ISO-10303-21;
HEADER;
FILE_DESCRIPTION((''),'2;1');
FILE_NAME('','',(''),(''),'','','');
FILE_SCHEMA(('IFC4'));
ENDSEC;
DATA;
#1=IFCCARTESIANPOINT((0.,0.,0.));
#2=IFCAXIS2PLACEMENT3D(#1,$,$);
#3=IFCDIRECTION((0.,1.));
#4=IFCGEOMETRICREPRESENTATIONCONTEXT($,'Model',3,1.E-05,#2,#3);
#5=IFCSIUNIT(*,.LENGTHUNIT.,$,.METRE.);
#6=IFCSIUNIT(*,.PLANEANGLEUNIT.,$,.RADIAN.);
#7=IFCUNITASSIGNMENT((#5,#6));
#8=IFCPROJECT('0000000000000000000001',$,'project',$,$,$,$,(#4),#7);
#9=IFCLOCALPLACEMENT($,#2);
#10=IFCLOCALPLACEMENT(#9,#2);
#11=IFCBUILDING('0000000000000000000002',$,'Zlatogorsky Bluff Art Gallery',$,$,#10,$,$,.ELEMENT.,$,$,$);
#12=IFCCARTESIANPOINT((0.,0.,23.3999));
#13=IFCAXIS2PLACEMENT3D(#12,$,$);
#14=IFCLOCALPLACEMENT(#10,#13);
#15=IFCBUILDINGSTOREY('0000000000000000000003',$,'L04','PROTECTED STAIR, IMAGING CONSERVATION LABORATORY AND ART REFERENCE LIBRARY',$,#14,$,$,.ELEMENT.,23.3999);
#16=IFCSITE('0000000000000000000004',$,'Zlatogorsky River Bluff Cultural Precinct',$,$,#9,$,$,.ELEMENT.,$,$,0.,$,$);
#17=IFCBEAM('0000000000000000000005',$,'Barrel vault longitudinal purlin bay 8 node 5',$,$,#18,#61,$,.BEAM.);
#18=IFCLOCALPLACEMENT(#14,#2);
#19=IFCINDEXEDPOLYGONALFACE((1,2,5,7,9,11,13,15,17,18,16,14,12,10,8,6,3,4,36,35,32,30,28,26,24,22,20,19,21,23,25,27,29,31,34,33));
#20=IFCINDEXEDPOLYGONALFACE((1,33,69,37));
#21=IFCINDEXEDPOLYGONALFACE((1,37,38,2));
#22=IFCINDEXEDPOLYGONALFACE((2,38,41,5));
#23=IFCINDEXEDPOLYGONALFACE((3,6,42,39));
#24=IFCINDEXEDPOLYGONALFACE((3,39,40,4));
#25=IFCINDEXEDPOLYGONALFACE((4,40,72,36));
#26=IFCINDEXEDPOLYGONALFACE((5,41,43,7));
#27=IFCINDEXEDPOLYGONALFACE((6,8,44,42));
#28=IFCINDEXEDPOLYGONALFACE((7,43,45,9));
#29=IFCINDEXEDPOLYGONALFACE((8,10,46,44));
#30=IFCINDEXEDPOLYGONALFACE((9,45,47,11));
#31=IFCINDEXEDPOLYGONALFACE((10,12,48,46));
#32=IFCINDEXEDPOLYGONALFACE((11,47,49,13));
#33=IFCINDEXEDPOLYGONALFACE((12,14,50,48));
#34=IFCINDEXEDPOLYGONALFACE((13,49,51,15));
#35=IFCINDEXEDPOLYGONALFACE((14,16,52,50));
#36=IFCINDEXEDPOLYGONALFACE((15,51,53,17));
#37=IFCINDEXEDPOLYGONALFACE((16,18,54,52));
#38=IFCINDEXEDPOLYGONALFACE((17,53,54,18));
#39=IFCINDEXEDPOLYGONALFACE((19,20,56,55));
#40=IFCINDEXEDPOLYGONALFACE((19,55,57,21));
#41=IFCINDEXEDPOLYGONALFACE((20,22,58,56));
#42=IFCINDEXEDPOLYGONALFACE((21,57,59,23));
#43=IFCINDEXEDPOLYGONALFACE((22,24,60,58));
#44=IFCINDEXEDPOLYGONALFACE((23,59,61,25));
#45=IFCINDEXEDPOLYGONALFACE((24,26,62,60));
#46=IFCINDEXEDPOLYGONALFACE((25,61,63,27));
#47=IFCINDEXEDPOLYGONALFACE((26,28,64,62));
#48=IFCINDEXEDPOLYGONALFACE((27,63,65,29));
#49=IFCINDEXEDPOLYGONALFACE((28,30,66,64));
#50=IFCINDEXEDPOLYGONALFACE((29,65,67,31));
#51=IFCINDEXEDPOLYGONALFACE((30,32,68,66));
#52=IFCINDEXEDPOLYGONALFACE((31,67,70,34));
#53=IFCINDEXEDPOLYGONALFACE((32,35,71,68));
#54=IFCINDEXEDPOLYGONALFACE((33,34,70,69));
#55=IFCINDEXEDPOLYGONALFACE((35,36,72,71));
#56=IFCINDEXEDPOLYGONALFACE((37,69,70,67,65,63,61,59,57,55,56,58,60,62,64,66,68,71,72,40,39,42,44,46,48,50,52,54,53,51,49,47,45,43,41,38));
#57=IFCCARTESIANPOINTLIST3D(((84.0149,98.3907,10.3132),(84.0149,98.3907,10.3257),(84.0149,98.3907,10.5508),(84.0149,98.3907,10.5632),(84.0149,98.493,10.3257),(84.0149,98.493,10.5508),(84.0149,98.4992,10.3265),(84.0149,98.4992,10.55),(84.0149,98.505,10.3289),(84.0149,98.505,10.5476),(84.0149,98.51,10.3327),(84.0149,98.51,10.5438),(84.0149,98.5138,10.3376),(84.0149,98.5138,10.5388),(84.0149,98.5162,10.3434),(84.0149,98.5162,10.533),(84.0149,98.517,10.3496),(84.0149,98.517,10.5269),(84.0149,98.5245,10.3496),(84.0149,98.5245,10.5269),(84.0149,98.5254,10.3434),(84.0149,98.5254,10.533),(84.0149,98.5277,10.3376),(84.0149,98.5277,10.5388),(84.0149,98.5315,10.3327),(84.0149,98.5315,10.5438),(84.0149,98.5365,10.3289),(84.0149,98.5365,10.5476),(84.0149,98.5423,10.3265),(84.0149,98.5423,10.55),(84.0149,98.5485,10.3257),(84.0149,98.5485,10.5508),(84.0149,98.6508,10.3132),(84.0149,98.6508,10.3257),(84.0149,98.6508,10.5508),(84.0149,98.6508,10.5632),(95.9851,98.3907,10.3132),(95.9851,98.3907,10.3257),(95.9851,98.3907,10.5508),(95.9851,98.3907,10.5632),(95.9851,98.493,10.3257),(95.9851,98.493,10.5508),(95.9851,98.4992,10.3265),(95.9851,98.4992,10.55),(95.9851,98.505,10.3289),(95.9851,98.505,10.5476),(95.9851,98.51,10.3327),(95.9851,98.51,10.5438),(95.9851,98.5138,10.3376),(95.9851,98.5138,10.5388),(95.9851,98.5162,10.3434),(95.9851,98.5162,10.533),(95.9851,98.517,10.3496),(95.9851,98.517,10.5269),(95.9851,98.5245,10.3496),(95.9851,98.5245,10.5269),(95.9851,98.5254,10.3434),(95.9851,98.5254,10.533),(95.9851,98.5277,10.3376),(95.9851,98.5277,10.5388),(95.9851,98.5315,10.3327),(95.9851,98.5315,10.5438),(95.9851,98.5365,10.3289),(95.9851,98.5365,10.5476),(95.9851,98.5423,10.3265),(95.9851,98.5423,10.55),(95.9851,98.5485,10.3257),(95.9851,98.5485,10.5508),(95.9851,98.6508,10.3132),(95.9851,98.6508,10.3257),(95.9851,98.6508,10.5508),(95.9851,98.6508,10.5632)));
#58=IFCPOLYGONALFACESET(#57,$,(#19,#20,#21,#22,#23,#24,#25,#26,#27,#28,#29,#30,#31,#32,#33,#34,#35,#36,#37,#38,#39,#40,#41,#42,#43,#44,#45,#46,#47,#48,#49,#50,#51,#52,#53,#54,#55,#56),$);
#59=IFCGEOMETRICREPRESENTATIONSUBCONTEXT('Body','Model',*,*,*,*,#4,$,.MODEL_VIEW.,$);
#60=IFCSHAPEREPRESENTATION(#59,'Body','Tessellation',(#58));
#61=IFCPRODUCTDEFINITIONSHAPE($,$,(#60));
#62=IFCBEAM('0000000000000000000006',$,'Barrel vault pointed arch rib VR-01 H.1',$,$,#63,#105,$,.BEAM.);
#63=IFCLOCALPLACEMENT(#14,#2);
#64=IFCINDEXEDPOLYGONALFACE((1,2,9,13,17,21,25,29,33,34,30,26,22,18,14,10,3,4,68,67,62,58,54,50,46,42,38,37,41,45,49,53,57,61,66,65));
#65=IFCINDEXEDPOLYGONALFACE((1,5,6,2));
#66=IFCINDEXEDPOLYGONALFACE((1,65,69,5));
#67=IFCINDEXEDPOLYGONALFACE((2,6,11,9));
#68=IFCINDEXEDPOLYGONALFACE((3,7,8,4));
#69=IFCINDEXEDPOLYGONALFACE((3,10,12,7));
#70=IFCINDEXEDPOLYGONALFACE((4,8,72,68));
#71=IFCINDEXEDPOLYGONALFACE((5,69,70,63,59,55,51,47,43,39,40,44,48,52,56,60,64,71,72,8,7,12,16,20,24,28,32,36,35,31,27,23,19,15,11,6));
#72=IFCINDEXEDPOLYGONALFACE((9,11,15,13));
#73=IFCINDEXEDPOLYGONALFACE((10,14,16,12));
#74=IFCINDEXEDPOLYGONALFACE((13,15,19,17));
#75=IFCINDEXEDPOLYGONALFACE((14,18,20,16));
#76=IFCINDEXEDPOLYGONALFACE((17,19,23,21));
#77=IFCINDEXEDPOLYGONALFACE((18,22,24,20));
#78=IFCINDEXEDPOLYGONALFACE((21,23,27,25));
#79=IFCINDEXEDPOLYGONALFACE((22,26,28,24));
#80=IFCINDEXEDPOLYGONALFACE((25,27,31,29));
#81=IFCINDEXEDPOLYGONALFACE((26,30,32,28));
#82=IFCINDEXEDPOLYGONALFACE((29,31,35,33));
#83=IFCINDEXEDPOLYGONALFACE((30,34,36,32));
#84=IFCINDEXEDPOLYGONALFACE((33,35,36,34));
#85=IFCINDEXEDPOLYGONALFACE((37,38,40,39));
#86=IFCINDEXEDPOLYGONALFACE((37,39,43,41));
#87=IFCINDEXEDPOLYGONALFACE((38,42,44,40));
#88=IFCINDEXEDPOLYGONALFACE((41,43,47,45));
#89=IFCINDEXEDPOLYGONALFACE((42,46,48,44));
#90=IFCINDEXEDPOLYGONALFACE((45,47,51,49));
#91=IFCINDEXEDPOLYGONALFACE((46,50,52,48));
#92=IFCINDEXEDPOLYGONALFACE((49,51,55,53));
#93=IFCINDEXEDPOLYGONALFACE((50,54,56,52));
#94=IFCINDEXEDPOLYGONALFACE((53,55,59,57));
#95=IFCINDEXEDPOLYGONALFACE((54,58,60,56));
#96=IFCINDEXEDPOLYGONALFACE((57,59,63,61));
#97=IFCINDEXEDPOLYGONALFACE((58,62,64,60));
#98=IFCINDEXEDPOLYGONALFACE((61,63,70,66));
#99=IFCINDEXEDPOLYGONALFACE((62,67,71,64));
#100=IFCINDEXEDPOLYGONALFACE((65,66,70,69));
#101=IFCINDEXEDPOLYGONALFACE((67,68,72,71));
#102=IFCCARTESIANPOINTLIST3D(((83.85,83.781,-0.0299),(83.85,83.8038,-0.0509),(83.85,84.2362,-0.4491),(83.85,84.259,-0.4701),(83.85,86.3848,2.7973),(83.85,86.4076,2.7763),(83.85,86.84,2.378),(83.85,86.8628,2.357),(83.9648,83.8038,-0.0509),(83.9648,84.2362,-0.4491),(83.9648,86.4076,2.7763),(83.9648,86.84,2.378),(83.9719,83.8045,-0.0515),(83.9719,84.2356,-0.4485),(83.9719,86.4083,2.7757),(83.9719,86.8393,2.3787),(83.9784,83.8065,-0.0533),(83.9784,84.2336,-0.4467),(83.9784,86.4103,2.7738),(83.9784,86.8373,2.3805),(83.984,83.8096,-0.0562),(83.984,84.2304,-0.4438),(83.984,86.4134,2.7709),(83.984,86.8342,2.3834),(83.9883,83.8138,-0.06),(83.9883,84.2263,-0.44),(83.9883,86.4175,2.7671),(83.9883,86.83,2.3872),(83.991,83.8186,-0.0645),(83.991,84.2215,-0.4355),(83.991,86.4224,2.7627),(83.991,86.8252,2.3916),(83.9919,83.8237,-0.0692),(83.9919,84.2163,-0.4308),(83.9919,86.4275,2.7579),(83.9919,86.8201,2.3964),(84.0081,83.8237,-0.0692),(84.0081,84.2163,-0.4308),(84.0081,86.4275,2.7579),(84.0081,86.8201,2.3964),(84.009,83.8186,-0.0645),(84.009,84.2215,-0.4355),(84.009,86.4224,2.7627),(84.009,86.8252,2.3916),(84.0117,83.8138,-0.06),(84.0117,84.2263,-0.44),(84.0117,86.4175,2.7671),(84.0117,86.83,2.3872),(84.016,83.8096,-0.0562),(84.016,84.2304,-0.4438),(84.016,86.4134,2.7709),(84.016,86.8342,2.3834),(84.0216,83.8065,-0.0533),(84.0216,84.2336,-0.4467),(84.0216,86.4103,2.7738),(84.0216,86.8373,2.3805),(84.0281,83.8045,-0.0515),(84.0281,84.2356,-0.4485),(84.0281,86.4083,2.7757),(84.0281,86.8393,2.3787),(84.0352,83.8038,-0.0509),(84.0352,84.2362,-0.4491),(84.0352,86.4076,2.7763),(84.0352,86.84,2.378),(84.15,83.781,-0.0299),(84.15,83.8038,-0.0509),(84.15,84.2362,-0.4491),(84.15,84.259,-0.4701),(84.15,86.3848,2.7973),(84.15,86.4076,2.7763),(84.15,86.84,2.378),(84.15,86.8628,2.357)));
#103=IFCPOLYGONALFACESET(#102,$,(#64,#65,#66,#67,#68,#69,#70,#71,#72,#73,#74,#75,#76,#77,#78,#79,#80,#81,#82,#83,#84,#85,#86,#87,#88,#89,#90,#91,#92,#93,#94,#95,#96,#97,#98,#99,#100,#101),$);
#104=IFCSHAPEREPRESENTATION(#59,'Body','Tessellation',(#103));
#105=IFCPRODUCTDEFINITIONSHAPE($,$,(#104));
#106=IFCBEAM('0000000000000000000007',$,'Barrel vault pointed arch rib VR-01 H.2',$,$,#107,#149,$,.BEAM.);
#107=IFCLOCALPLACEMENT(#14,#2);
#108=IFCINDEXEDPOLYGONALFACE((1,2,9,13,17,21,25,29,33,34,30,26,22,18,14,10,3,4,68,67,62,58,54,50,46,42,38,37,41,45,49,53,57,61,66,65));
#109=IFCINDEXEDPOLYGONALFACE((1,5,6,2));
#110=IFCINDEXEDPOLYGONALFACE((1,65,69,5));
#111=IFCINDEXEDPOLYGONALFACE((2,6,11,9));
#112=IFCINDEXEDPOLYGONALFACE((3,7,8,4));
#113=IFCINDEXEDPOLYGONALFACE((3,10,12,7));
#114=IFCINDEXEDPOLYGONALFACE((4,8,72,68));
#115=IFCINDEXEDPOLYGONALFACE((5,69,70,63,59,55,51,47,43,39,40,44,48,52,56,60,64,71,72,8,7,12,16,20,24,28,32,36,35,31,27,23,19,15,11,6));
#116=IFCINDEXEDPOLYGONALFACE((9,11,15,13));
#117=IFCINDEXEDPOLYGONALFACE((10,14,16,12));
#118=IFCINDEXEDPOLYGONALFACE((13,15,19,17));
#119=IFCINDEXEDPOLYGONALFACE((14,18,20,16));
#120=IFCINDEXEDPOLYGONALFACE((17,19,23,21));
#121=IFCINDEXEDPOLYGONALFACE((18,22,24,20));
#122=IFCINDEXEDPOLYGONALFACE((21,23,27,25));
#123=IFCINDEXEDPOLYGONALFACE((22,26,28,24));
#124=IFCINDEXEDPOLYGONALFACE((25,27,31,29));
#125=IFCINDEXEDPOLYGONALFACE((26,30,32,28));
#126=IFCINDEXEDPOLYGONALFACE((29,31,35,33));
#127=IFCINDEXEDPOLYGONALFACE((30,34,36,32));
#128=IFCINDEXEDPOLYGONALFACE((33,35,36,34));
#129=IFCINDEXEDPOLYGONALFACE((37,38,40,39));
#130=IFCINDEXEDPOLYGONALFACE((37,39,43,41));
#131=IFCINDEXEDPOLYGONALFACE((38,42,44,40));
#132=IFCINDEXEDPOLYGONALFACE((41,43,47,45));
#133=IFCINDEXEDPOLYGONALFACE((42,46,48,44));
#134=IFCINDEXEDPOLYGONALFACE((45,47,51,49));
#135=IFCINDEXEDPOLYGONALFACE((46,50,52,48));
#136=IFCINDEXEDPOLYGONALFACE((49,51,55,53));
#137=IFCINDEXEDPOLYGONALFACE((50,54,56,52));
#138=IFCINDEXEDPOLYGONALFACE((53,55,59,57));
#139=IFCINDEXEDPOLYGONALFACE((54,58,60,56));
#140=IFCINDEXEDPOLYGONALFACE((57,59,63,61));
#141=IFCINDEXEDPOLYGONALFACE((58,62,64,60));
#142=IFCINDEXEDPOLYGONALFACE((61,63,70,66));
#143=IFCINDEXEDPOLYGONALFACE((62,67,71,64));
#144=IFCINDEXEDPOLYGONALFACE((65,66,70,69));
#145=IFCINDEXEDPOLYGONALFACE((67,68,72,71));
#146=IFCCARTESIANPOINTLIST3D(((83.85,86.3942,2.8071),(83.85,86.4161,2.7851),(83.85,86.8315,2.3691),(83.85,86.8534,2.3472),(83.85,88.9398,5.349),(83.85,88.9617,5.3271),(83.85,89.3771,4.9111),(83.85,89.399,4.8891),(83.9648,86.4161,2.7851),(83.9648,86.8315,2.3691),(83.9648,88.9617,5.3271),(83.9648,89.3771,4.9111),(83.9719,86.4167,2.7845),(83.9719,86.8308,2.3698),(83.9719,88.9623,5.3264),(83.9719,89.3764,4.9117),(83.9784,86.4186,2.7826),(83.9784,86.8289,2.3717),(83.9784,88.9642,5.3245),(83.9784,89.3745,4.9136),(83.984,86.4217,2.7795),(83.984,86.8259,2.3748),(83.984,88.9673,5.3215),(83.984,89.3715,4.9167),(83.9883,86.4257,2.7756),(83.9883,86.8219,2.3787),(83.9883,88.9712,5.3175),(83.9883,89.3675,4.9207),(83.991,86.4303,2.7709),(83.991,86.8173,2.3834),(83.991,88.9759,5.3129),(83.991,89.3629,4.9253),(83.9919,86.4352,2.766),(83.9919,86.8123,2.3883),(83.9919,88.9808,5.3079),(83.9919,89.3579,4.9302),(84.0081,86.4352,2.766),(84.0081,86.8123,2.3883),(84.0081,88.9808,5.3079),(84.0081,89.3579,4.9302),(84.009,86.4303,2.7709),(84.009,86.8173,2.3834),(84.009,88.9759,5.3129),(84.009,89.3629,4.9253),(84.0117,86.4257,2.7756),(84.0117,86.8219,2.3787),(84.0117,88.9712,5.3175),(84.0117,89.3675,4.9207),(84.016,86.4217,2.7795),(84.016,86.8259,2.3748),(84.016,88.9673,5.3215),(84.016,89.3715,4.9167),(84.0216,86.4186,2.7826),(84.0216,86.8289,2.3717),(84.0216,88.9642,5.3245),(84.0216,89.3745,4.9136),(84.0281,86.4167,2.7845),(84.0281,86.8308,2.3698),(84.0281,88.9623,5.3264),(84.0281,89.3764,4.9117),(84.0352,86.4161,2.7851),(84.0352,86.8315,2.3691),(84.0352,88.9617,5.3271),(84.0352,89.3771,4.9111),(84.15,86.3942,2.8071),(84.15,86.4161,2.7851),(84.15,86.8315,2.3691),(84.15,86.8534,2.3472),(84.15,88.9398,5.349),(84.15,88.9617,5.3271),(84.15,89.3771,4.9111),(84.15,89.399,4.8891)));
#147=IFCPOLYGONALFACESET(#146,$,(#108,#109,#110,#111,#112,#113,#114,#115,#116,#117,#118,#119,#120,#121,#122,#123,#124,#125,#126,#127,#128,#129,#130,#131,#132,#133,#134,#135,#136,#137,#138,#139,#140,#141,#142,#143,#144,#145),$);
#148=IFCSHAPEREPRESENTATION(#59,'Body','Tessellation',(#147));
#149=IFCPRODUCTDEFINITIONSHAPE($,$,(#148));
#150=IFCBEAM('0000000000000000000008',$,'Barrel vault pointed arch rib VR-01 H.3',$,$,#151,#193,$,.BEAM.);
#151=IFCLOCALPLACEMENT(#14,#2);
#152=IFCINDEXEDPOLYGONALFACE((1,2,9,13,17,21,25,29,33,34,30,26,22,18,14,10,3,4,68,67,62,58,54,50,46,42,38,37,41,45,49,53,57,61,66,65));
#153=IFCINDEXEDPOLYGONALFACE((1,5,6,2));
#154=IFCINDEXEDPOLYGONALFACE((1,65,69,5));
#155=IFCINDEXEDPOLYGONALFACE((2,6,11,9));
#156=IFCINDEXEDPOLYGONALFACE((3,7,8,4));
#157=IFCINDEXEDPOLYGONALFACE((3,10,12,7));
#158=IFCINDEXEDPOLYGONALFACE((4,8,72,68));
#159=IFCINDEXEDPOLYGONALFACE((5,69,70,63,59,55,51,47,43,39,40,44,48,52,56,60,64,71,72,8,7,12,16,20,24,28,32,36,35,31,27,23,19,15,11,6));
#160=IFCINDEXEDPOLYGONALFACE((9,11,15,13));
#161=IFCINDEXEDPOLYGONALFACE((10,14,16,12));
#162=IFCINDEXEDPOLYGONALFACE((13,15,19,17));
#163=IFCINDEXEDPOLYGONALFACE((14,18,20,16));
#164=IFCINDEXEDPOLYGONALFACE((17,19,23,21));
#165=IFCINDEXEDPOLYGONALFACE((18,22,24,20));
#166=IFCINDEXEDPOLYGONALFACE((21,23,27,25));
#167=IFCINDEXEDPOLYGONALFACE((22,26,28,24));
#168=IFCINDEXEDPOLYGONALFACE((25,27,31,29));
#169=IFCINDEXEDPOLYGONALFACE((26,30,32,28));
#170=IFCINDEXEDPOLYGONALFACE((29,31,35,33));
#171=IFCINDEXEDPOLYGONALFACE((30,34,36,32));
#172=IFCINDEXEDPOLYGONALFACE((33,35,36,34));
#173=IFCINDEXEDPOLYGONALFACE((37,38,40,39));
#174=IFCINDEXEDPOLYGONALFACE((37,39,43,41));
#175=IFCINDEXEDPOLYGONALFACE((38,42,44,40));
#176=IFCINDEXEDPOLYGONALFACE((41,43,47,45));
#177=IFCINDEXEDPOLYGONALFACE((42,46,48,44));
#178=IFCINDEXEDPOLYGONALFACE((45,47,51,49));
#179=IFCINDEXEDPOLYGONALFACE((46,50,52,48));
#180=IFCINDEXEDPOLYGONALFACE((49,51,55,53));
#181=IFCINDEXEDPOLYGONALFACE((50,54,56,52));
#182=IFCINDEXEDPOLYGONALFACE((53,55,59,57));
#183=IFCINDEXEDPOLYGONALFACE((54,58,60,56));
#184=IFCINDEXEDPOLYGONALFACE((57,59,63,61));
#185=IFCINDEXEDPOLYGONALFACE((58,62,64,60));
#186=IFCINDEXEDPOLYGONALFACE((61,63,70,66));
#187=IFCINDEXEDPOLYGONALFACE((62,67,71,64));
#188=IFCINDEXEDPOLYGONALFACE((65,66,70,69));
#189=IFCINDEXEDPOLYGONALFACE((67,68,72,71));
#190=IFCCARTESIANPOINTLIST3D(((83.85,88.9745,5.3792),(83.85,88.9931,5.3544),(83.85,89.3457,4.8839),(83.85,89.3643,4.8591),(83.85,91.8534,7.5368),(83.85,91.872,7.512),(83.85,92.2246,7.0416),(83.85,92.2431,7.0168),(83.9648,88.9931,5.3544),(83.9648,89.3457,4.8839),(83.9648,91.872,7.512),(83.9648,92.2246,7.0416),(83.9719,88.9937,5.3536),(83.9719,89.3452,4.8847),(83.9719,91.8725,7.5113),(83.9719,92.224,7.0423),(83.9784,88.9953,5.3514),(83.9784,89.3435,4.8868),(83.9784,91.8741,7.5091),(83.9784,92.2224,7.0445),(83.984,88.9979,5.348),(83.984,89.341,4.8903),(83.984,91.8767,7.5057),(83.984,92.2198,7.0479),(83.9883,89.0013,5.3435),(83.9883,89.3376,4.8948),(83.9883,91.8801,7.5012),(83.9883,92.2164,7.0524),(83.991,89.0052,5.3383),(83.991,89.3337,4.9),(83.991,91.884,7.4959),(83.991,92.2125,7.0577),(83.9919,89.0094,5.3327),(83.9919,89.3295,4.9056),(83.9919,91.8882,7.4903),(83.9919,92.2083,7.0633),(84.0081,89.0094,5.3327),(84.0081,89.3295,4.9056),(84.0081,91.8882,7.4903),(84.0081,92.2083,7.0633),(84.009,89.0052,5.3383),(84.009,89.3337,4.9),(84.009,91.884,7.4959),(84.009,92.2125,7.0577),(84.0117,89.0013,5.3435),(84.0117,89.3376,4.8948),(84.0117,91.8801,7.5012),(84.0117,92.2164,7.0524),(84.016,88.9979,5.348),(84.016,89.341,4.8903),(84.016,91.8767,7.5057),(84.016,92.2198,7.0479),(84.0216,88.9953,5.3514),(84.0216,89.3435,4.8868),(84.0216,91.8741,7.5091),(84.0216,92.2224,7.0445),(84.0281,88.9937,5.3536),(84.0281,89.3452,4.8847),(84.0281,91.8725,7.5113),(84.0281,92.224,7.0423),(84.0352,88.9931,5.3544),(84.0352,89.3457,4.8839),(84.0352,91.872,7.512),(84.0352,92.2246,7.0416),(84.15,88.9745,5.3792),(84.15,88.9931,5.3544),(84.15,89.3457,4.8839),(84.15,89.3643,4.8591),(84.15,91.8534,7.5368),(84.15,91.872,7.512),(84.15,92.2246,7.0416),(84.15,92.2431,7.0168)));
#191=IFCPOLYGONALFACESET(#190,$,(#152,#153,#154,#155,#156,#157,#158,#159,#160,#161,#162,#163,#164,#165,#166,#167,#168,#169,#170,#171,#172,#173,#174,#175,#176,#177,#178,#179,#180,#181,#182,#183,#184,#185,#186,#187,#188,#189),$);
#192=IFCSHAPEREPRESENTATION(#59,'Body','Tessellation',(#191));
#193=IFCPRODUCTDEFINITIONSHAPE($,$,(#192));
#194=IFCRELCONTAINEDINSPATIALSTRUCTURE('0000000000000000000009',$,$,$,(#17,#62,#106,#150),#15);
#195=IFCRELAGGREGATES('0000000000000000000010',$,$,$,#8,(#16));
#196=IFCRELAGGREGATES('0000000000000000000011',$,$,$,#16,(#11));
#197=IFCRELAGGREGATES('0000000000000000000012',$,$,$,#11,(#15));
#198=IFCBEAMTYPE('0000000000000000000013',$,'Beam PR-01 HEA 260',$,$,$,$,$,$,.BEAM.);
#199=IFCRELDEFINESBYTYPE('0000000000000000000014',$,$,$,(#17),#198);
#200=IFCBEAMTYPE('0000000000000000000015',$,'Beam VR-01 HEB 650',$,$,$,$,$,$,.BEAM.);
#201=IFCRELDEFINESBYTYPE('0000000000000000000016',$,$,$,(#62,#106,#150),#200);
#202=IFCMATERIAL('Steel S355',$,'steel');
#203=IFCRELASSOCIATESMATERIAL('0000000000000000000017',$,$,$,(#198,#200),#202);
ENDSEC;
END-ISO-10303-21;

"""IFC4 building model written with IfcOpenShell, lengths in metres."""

from ifc_helpers import new_model, si_unit, direction, frame, origin, origin_2d, place, context, subcontext, project, spatial, i_section, extrude, material, material_profile, profile_set, type_object, element, save


model = new_model("IFC4")

# Units and contexts
model_context = context("Model", 3, precision=1e-05, world=origin(), true_north=direction((0.0, 1.0)))
body_context = subcontext(model_context, "Body", "Model", "MODEL_VIEW")
ifc_project = project(units=[si_unit("LENGTHUNIT", "METRE"), si_unit("PLANEANGLEUNIT", "RADIAN")], contexts=[model_context])

# Site, building, storey
site_placement = place(None, origin())
site = spatial("IfcSite", under=ifc_project, at=site_placement, Name="Zlatogorsky River Bluff Cultural Precinct", CompositionType="ELEMENT", RefElevation=0.0)
building_placement = place(site_placement, origin())
building = spatial("IfcBuilding", under=site, at=building_placement, Name="Zlatogorsky Bluff Art Gallery", CompositionType="ELEMENT")
storey_placement = place(building_placement, frame((0.0, 0.0, 23.3999)))
storey = spatial("IfcBuildingStorey", under=building, at=storey_placement, Name="L04", Description="PROTECTED STAIR, IMAGING CONSERVATION LABORATORY AND ART REFERENCE LIBRARY", CompositionType="ELEMENT", Elevation=23.3999)

# Beams
ifc_material_1 = material(Name="Steel S355", Category="steel")
ifc_material_profile_1 = material_profile(ifc_material_1, i_section(OverallWidth=0.26, OverallDepth=0.25, WebThickness=0.0076, FlangeThickness=0.0125, FilletRadius=0.0239, at=origin_2d()), Name="HEA 260")
ifc_profile_set_1 = profile_set([ifc_material_profile_1], Name="Steel S355")
beam_type_1 = type_object("IfcBeamType", Name="Beam PR-01 HEA 260", PredefinedType="BEAM", material=ifc_profile_set_1)
for number, where, z_axis, x_axis, name in (
    (1, (84.0149, 98.5208, 10.4382), (1.0, 0.0, 0.0), (0.0, 1.0, 0.0), "Barrel vault longitudinal purlin bay 8 node 5"),
):
    element("IfcBeam", number, at=place(storey_placement, frame(where, z_axis=z_axis, x_axis=x_axis)), inside=storey, type_object=beam_type_1, Name=name, PredefinedType="BEAM", context=body_context, shape_type="SweptSolid", body=[
        extrude(i_section(OverallWidth=0.26, OverallDepth=0.25, WebThickness=0.0076, FlangeThickness=0.0125, FilletRadius=0.0239, at=origin_2d()), origin(), (0.0, 0.0, 1.0), 11.9702),
    ])
ifc_material_profile_2 = material_profile(ifc_material_1, i_section(OverallWidth=0.3, OverallDepth=0.6499, WebThickness=0.0161, FlangeThickness=0.031, FilletRadius=0.0271, at=origin_2d()), Name="HEB 650")
ifc_profile_set_2 = profile_set([ifc_material_profile_2], Name="Steel S355")
beam_type_2 = type_object("IfcBeamType", Name="Beam VR-01 HEB 650", PredefinedType="BEAM", material=ifc_profile_set_2)
beam_1_placement = place(storey_placement, frame((84.0, 84.02, -0.25), z_axis=(0.0, 0.677449, 0.73557), x_axis=(-1.0, 0.0, 0.0)))
element("IfcBeam", 2, at=beam_1_placement, inside=storey, type_object=beam_type_2, Name="Barrel vault pointed arch rib VR-01 H.1", PredefinedType="BEAM", context=body_context, shape_type="SweptSolid", body=[
    extrude(i_section(OverallWidth=0.3, OverallDepth=0.6499, WebThickness=0.0161, FlangeThickness=0.031, FilletRadius=0.0271, at=origin_2d()), origin(), (0.0, 0.0, 1.0), 3.8435),
])
beam_2_placement = place(storey_placement, frame((84.0, 86.6238, 2.5771), z_axis=(0.0, 0.707616, 0.706598), x_axis=(-1.0, 0.0, 0.0)))
element("IfcBeam", 3, at=beam_2_placement, inside=storey, type_object=beam_type_2, Name="Barrel vault pointed arch rib VR-01 H.2", PredefinedType="BEAM", context=body_context, shape_type="SweptSolid", body=[
    extrude(i_section(OverallWidth=0.3, OverallDepth=0.6499, WebThickness=0.0161, FlangeThickness=0.031, FilletRadius=0.0271, at=origin_2d()), origin(), (0.0, 0.0, 1.0), 3.5974),
])
beam_3_placement = place(storey_placement, frame((84.0, 89.1694, 5.1191), z_axis=(0.0, 0.800195, 0.599739), x_axis=(-1.0, 0.0, 0.0)))
element("IfcBeam", 4, at=beam_3_placement, inside=storey, type_object=beam_type_2, Name="Barrel vault pointed arch rib VR-01 H.3", PredefinedType="BEAM", context=body_context, shape_type="SweptSolid", body=[
    extrude(i_section(OverallWidth=0.3, OverallDepth=0.6499, WebThickness=0.0161, FlangeThickness=0.031, FilletRadius=0.0271, at=origin_2d()), origin(), (0.0, 0.0, 1.0), 3.5977),
])

save(model, "model.ifc")
